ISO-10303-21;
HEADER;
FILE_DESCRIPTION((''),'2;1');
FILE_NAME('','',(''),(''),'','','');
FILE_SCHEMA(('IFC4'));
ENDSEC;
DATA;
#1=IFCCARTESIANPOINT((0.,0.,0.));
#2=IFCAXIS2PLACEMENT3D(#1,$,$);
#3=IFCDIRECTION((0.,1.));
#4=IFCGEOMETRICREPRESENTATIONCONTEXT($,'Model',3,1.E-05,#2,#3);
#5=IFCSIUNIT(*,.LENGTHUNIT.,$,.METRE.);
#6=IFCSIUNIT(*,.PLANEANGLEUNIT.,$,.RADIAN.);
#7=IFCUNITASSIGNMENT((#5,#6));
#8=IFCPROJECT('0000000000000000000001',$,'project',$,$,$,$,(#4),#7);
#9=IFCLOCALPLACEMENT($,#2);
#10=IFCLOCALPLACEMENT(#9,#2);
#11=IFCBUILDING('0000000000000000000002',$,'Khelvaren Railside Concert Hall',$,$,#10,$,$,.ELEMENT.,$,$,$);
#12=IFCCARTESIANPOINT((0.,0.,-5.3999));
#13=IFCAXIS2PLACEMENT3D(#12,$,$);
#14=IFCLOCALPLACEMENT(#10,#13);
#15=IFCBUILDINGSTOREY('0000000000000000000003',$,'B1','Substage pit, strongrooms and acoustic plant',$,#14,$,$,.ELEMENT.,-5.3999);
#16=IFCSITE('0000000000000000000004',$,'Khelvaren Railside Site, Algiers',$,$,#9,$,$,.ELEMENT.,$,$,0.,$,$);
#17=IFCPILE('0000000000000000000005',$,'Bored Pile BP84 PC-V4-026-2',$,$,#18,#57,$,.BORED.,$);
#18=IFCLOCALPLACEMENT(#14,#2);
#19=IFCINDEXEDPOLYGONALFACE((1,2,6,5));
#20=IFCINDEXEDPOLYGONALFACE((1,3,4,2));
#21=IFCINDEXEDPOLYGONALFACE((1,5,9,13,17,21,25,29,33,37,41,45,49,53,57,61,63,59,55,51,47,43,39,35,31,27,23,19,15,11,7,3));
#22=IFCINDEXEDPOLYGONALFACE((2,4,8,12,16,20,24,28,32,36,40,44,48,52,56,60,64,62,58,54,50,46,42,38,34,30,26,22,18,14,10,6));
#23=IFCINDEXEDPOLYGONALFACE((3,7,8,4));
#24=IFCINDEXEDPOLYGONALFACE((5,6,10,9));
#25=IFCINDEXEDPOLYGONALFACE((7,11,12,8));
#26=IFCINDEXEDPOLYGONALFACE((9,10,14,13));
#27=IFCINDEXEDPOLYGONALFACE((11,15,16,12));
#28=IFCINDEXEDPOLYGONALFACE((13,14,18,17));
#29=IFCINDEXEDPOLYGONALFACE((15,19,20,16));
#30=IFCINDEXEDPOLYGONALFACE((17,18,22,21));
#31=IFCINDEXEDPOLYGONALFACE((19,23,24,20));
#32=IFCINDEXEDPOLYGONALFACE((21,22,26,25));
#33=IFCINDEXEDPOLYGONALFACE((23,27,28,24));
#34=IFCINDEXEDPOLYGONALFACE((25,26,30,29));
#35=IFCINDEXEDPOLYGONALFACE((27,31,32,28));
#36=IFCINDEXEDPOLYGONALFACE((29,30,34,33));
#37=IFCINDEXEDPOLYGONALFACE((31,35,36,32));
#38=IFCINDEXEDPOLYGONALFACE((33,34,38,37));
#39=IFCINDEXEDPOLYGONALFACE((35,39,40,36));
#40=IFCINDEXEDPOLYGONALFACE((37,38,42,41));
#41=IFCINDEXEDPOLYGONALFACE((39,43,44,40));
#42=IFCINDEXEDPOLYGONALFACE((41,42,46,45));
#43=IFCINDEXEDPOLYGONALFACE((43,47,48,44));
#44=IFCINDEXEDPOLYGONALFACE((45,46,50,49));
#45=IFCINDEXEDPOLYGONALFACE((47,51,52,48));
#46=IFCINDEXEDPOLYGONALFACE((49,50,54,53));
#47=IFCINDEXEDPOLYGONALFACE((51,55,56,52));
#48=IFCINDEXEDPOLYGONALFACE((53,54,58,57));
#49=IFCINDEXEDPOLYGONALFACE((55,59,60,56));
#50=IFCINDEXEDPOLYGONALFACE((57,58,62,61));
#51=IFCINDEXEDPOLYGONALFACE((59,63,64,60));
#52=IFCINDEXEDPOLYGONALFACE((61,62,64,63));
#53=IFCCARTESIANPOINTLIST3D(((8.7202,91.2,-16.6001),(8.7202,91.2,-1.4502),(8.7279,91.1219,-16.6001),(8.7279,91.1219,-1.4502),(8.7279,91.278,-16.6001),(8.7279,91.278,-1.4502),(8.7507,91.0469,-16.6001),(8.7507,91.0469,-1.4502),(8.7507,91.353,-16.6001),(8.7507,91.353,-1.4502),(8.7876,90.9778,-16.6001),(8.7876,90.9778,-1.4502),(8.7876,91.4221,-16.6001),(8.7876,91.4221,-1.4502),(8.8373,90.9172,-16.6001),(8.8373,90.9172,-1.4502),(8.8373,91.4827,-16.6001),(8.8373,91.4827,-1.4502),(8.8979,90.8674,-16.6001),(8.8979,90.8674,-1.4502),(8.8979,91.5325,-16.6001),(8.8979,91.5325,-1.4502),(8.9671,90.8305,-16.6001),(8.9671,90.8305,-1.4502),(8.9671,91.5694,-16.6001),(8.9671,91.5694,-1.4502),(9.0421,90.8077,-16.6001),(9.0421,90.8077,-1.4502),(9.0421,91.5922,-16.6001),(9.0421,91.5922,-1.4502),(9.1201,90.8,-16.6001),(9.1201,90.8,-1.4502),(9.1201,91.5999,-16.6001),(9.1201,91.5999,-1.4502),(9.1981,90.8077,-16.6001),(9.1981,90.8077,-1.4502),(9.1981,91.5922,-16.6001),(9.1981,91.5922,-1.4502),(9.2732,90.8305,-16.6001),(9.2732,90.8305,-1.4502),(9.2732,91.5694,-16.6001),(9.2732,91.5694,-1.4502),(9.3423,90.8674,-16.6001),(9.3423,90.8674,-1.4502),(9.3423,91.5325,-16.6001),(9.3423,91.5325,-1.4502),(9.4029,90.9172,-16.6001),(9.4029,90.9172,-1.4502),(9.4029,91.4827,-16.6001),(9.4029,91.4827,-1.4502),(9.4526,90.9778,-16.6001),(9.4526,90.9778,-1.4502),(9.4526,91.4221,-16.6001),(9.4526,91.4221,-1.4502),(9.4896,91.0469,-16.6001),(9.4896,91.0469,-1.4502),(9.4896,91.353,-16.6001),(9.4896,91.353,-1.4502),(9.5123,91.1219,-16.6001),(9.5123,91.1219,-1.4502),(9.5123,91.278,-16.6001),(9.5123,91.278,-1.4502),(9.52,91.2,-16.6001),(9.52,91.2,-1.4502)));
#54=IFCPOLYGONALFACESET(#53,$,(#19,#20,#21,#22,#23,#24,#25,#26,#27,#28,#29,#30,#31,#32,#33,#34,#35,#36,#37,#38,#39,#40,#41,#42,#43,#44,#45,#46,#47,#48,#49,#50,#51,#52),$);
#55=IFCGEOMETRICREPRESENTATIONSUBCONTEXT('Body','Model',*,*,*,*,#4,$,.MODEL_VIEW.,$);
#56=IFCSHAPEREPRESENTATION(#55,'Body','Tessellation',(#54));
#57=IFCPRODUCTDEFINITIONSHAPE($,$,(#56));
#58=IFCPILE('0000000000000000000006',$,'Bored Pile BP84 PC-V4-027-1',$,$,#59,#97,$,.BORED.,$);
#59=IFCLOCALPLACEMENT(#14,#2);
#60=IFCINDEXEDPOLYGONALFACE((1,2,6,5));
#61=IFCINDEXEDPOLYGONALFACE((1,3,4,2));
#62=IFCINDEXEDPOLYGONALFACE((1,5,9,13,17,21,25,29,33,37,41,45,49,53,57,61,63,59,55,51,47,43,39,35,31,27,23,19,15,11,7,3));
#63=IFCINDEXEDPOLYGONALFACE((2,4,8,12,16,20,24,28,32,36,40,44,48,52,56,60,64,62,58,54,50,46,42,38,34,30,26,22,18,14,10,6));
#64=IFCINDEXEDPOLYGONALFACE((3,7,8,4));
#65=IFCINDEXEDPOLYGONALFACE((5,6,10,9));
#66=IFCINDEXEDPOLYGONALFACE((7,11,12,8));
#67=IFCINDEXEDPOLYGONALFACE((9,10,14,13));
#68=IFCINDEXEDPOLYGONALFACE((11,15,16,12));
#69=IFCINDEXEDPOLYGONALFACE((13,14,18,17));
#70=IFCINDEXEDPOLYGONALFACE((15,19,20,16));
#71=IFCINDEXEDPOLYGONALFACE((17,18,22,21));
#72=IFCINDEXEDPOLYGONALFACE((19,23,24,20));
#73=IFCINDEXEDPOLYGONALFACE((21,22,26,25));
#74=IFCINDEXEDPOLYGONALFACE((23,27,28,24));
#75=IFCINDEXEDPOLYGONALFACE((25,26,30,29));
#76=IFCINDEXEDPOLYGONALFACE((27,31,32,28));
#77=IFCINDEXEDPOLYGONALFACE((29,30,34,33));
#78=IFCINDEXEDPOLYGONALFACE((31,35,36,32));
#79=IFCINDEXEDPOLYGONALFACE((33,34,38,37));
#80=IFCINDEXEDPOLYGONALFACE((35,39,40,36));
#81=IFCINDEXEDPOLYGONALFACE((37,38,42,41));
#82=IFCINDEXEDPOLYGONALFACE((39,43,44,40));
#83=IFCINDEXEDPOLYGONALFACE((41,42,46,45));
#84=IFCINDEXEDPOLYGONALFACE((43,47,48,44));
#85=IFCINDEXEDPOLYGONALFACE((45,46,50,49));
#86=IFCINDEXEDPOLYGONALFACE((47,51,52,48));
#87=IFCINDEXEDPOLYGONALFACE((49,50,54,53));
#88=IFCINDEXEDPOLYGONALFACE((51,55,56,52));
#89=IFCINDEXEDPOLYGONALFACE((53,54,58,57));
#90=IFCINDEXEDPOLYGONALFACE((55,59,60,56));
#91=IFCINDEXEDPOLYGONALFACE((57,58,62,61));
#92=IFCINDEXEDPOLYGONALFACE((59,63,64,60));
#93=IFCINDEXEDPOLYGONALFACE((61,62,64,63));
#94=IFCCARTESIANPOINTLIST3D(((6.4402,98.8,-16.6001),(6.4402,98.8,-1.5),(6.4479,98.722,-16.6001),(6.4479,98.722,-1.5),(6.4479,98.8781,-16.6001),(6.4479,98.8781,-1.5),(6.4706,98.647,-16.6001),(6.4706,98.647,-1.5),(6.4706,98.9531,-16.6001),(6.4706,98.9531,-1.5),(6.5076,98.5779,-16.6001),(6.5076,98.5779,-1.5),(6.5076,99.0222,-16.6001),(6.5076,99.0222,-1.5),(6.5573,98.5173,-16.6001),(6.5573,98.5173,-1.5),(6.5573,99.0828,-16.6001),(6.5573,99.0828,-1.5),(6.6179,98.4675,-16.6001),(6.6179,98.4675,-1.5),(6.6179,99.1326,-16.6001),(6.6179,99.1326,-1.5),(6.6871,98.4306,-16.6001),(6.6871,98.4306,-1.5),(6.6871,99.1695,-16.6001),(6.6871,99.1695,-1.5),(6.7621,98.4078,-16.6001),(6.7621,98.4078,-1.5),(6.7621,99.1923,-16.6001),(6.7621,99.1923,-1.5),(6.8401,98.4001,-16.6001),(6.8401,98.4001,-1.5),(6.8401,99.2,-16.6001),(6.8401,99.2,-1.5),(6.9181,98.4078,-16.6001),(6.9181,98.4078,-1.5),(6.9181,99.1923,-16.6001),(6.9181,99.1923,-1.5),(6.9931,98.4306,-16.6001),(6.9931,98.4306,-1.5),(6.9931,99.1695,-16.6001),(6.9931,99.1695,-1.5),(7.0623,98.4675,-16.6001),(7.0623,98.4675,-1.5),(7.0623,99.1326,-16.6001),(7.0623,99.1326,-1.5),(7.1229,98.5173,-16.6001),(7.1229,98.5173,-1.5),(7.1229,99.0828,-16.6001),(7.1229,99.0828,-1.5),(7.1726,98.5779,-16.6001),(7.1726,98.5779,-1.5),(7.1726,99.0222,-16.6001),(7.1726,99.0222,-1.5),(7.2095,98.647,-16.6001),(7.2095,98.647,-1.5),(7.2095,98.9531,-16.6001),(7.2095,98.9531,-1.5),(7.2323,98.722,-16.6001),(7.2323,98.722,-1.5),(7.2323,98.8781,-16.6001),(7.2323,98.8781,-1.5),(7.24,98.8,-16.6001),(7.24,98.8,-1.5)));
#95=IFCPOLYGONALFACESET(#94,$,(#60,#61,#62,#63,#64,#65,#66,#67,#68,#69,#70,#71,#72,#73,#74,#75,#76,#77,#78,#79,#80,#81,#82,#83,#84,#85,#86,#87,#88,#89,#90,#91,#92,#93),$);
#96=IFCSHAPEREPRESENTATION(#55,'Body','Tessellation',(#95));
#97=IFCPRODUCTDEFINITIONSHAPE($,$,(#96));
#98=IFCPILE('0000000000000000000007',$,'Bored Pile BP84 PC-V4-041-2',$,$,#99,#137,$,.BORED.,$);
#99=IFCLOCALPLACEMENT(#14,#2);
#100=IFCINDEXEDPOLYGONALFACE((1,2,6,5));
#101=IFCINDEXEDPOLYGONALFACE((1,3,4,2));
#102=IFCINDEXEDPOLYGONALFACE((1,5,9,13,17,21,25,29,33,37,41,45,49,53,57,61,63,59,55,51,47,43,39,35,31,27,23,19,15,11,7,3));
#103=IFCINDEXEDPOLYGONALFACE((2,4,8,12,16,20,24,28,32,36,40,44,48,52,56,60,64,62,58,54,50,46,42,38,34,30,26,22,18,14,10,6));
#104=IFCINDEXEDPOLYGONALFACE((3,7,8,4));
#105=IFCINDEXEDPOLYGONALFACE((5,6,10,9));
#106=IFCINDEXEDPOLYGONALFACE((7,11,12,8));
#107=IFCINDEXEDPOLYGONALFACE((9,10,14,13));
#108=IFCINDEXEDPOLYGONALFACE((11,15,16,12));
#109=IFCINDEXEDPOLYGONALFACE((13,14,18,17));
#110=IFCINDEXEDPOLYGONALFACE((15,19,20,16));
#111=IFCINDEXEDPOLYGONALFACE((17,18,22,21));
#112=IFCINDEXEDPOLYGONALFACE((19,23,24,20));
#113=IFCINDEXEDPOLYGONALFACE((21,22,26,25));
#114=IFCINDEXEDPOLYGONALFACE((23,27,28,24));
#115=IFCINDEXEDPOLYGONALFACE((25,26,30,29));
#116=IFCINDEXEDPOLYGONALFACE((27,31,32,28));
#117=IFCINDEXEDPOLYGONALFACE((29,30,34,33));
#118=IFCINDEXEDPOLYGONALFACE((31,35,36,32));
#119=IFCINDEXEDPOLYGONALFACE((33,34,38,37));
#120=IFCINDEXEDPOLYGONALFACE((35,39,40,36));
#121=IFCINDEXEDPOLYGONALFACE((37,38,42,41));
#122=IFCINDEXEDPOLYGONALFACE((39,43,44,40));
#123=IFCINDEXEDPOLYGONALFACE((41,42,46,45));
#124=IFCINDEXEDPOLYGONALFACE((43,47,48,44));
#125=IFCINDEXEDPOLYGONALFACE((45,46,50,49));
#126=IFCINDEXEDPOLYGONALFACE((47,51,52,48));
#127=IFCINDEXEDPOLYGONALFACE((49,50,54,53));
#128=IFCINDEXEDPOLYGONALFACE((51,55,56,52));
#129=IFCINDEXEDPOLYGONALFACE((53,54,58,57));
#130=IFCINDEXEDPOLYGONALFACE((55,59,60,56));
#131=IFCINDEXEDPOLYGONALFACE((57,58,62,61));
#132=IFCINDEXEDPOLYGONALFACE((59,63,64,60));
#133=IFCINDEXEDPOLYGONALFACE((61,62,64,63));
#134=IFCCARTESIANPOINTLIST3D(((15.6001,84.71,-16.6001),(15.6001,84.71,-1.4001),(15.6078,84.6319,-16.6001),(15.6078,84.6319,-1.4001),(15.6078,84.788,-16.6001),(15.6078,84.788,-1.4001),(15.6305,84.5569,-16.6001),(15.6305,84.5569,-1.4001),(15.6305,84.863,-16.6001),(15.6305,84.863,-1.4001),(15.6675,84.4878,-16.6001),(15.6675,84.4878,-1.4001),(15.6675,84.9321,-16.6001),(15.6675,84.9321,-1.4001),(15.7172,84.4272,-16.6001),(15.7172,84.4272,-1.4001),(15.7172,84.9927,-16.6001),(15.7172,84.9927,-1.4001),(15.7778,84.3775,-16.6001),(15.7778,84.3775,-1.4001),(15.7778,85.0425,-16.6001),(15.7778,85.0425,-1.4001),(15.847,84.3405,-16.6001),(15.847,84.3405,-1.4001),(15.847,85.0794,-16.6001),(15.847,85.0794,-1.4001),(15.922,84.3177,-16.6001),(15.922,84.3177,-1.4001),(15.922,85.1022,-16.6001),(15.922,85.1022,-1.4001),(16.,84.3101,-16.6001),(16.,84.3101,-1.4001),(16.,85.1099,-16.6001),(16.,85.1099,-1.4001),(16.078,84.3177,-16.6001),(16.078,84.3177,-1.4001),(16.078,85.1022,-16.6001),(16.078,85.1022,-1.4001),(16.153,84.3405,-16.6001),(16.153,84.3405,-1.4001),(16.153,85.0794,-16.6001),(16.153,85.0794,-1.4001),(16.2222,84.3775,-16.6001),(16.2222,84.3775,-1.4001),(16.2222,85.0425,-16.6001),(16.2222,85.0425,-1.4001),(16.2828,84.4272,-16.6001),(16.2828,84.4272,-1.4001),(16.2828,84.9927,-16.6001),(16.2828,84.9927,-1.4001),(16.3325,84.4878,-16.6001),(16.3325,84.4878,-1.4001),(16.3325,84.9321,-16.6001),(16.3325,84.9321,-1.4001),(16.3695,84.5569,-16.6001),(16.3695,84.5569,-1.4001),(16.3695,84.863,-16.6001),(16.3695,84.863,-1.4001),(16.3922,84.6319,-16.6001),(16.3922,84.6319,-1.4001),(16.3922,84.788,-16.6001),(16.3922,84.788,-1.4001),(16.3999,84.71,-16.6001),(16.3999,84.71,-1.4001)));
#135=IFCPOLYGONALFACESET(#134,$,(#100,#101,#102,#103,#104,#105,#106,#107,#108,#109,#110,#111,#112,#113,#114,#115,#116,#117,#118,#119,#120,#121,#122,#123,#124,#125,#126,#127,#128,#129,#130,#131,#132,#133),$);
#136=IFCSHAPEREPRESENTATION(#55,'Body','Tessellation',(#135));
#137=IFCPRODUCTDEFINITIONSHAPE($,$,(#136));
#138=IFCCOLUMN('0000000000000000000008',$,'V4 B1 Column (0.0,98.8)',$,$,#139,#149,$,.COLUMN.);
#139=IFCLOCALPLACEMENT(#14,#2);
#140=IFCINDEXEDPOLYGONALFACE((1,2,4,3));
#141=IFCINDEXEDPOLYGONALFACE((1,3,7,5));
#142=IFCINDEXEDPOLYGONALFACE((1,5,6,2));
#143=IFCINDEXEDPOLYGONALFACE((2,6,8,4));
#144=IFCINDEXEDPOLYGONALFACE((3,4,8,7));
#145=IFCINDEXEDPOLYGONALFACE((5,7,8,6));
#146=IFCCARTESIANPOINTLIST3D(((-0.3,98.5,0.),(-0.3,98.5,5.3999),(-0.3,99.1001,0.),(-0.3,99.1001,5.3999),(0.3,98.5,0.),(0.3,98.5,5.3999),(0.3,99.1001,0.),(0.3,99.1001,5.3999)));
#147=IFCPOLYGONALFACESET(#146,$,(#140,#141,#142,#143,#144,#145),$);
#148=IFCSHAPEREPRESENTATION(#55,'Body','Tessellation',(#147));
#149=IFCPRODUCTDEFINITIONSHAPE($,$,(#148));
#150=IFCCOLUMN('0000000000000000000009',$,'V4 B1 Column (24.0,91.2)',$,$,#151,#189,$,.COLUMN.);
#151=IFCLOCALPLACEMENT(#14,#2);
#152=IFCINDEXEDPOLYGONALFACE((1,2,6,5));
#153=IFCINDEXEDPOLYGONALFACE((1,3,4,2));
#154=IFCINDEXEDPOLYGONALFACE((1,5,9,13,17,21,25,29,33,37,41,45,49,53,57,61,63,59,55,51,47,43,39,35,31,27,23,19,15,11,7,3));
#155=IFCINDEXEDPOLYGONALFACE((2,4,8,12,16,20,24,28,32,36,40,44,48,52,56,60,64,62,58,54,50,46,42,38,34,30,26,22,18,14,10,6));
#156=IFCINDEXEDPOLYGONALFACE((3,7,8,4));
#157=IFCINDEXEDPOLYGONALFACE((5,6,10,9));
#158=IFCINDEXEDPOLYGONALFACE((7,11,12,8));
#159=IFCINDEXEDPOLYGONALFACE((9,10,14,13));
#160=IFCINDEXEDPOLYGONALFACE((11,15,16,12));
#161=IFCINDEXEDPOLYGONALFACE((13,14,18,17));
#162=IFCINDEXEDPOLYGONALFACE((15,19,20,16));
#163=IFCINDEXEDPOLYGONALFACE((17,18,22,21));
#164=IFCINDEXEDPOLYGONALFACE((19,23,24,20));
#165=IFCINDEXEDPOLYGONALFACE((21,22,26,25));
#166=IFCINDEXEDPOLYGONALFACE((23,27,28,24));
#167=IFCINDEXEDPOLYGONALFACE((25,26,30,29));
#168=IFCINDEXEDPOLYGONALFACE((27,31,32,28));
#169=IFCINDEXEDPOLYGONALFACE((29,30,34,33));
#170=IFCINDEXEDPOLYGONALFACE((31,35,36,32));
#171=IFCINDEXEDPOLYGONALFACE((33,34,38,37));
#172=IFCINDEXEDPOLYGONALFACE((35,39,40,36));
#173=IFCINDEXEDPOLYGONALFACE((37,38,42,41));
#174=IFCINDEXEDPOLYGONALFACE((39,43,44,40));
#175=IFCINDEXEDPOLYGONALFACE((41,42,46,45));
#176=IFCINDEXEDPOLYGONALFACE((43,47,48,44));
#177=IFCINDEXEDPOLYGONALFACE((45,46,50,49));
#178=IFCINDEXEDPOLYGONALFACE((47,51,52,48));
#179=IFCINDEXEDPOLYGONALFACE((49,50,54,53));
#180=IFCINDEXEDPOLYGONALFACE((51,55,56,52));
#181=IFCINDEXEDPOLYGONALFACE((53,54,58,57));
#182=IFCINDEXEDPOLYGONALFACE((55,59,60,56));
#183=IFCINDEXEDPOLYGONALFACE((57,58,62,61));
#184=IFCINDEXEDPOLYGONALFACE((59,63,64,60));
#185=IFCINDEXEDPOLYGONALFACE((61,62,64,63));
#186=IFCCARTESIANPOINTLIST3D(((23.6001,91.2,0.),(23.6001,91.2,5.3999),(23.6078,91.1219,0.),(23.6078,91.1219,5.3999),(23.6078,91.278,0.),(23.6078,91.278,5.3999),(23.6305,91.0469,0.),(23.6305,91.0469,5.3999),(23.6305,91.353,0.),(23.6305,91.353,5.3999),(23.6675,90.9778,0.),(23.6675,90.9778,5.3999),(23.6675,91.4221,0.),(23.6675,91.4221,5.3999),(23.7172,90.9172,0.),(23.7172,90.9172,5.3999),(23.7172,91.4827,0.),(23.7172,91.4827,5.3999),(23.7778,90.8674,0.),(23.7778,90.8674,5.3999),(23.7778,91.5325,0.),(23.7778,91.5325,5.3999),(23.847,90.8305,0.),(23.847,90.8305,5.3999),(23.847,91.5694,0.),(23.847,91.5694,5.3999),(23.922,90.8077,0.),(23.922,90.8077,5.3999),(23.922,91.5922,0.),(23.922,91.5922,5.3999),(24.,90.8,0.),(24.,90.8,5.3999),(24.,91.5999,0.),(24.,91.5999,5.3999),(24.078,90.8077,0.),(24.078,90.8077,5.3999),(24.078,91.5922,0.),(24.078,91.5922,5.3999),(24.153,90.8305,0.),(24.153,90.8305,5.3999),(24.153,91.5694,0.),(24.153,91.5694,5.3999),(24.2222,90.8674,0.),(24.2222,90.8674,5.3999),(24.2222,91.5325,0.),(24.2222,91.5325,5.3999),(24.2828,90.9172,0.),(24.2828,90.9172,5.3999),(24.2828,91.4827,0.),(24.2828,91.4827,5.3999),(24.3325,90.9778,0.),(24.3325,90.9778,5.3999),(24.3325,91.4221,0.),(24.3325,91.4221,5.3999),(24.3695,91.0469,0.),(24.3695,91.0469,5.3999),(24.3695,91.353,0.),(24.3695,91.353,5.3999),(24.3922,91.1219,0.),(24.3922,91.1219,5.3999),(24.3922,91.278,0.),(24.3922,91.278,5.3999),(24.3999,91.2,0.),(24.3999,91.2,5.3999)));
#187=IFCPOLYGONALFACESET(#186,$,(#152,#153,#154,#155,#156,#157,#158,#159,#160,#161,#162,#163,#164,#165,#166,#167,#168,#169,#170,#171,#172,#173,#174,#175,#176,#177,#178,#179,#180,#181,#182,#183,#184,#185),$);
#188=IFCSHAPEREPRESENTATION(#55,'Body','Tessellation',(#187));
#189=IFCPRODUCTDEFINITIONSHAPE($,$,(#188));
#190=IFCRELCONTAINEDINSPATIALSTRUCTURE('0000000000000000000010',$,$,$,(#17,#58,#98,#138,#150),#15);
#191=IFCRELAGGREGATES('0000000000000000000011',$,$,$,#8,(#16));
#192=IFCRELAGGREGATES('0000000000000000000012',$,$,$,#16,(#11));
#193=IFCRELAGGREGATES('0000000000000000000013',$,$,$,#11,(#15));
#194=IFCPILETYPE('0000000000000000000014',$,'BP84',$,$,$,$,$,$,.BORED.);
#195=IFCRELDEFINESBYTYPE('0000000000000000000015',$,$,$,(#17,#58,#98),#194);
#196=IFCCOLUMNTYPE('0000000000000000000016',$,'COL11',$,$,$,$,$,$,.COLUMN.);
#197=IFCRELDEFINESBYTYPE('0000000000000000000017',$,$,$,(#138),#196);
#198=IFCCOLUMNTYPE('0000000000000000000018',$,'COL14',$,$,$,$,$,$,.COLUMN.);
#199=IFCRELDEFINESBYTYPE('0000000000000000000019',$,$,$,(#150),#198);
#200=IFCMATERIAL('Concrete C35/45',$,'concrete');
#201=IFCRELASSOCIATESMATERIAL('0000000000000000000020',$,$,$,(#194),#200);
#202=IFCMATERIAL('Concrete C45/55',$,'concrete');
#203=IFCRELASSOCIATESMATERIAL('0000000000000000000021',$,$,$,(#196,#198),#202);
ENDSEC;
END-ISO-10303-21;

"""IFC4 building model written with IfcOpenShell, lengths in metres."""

from ifc_helpers import new_model, si_unit, direction, frame, origin, origin_2d, place, context, subcontext, project, spatial, rectangle, circle, extrude, material, material_profile, profile_set, type_object, element, save


model = new_model("IFC4")

# Units and contexts
model_context = context("Model", 3, precision=1e-05, world=origin(), true_north=direction((0.0, 1.0)))
body_context = subcontext(model_context, "Body", "Model", "MODEL_VIEW")
ifc_project = project(units=[si_unit("LENGTHUNIT", "METRE"), si_unit("PLANEANGLEUNIT", "RADIAN")], contexts=[model_context])

# Site, building, storey
site_placement = place(None, origin())
site = spatial("IfcSite", under=ifc_project, at=site_placement, Name="Khelvaren Railside Site, Algiers", CompositionType="ELEMENT", RefElevation=0.0)
building_placement = place(site_placement, origin())
building = spatial("IfcBuilding", under=site, at=building_placement, Name="Khelvaren Railside Concert Hall", CompositionType="ELEMENT")
storey_placement = place(building_placement, frame((0.0, 0.0, -5.3999)))
storey = spatial("IfcBuildingStorey", under=building, at=storey_placement, Name="B1", Description="Substage pit, strongrooms and acoustic plant", CompositionType="ELEMENT", Elevation=-5.3999)

# Piles
ifc_material_1 = material(Name="Concrete C35/45", Category="concrete")
ifc_material_profile_1 = material_profile(ifc_material_1, circle(Radius=0.3999, at=origin_2d()), Name="BP D800")
ifc_profile_set_1 = profile_set([ifc_material_profile_1], Name="Concrete C35/45")
pile_type_1 = type_object("IfcPileType", Name="BP84", PredefinedType="BORED", material=ifc_profile_set_1)
for number, where, z_axis, x_axis, name in (
    (1, (9.1201, 91.2, -1.4502), (0.0, 0.0, -1.0), (1.0, 0.0, 0.0), "Bored Pile BP84 PC-V4-026-2"),
):
    element("IfcPile", number, at=place(storey_placement, frame(where, z_axis=z_axis, x_axis=x_axis)), inside=storey, type_object=pile_type_1, Name=name, PredefinedType="BORED", context=body_context, shape_type="SweptSolid", body=[
        extrude(circle(Radius=0.3999, at=origin_2d()), origin(), (0.0, 0.0, 1.0), 15.1499),
    ])
pile_1_placement = place(storey_placement, frame((6.8401, 98.8, -1.5), z_axis=(0.0, 0.0, -1.0), x_axis=(1.0, 0.0, 0.0)))
element("IfcPile", 2, at=pile_1_placement, inside=storey, type_object=pile_type_1, Name="Bored Pile BP84 PC-V4-027-1", PredefinedType="BORED", context=body_context, shape_type="SweptSolid", body=[
    extrude(circle(Radius=0.3999, at=origin_2d()), origin(), (0.0, 0.0, 1.0), 15.1001),
])
pile_2_placement = place(storey_placement, frame((16.0, 84.71, -1.4001), z_axis=(0.0, 0.0, -1.0), x_axis=(1.0, 0.0, 0.0)))
element("IfcPile", 3, at=pile_2_placement, inside=storey, type_object=pile_type_1, Name="Bored Pile BP84 PC-V4-041-2", PredefinedType="BORED", context=body_context, shape_type="SweptSolid", body=[
    extrude(circle(Radius=0.3999, at=origin_2d()), origin(), (0.0, 0.0, 1.0), 15.2),
])

# Columns
ifc_material_2 = material(Name="Concrete C45/55", Category="concrete")
ifc_material_profile_2 = material_profile(ifc_material_2, rectangle(XDim=0.6001, YDim=0.6001, at=origin_2d()), Name="RC 600x600")
ifc_profile_set_2 = profile_set([ifc_material_profile_2], Name="Concrete C45/55")
column_type_1 = type_object("IfcColumnType", Name="COL11", PredefinedType="COLUMN", material=ifc_profile_set_2)
column_1_placement = place(storey_placement, frame((0.0, 98.8, 0.0), z_axis=(0.0, 0.0, 1.0), x_axis=(1.0, 0.0, 0.0)))
element("IfcColumn", 4, at=column_1_placement, inside=storey, type_object=column_type_1, Name="V4 B1 Column (0.0,98.8)", PredefinedType="COLUMN", context=body_context, shape_type="SweptSolid", body=[
    extrude(rectangle(XDim=0.6001, YDim=0.6001, at=origin_2d()), origin(), (0.0, 0.0, 1.0), 5.3999),
])
ifc_material_profile_3 = material_profile(ifc_material_2, circle(Radius=0.3999, at=origin_2d()), Name="RC D800")
ifc_profile_set_3 = profile_set([ifc_material_profile_3], Name="Concrete C45/55")
column_type_2 = type_object("IfcColumnType", Name="COL14", PredefinedType="COLUMN", material=ifc_profile_set_3)
column_2_placement = place(storey_placement, frame((24.0, 91.2, 0.0), z_axis=(0.0, 0.0, 1.0), x_axis=(1.0, 0.0, 0.0)))
element("IfcColumn", 5, at=column_2_placement, inside=storey, type_object=column_type_2, Name="V4 B1 Column (24.0,91.2)", PredefinedType="COLUMN", context=body_context, shape_type="SweptSolid", body=[
    extrude(circle(Radius=0.3999, at=origin_2d()), origin(), (0.0, 0.0, 1.0), 5.3999),
])

save(model, "model.ifc")
